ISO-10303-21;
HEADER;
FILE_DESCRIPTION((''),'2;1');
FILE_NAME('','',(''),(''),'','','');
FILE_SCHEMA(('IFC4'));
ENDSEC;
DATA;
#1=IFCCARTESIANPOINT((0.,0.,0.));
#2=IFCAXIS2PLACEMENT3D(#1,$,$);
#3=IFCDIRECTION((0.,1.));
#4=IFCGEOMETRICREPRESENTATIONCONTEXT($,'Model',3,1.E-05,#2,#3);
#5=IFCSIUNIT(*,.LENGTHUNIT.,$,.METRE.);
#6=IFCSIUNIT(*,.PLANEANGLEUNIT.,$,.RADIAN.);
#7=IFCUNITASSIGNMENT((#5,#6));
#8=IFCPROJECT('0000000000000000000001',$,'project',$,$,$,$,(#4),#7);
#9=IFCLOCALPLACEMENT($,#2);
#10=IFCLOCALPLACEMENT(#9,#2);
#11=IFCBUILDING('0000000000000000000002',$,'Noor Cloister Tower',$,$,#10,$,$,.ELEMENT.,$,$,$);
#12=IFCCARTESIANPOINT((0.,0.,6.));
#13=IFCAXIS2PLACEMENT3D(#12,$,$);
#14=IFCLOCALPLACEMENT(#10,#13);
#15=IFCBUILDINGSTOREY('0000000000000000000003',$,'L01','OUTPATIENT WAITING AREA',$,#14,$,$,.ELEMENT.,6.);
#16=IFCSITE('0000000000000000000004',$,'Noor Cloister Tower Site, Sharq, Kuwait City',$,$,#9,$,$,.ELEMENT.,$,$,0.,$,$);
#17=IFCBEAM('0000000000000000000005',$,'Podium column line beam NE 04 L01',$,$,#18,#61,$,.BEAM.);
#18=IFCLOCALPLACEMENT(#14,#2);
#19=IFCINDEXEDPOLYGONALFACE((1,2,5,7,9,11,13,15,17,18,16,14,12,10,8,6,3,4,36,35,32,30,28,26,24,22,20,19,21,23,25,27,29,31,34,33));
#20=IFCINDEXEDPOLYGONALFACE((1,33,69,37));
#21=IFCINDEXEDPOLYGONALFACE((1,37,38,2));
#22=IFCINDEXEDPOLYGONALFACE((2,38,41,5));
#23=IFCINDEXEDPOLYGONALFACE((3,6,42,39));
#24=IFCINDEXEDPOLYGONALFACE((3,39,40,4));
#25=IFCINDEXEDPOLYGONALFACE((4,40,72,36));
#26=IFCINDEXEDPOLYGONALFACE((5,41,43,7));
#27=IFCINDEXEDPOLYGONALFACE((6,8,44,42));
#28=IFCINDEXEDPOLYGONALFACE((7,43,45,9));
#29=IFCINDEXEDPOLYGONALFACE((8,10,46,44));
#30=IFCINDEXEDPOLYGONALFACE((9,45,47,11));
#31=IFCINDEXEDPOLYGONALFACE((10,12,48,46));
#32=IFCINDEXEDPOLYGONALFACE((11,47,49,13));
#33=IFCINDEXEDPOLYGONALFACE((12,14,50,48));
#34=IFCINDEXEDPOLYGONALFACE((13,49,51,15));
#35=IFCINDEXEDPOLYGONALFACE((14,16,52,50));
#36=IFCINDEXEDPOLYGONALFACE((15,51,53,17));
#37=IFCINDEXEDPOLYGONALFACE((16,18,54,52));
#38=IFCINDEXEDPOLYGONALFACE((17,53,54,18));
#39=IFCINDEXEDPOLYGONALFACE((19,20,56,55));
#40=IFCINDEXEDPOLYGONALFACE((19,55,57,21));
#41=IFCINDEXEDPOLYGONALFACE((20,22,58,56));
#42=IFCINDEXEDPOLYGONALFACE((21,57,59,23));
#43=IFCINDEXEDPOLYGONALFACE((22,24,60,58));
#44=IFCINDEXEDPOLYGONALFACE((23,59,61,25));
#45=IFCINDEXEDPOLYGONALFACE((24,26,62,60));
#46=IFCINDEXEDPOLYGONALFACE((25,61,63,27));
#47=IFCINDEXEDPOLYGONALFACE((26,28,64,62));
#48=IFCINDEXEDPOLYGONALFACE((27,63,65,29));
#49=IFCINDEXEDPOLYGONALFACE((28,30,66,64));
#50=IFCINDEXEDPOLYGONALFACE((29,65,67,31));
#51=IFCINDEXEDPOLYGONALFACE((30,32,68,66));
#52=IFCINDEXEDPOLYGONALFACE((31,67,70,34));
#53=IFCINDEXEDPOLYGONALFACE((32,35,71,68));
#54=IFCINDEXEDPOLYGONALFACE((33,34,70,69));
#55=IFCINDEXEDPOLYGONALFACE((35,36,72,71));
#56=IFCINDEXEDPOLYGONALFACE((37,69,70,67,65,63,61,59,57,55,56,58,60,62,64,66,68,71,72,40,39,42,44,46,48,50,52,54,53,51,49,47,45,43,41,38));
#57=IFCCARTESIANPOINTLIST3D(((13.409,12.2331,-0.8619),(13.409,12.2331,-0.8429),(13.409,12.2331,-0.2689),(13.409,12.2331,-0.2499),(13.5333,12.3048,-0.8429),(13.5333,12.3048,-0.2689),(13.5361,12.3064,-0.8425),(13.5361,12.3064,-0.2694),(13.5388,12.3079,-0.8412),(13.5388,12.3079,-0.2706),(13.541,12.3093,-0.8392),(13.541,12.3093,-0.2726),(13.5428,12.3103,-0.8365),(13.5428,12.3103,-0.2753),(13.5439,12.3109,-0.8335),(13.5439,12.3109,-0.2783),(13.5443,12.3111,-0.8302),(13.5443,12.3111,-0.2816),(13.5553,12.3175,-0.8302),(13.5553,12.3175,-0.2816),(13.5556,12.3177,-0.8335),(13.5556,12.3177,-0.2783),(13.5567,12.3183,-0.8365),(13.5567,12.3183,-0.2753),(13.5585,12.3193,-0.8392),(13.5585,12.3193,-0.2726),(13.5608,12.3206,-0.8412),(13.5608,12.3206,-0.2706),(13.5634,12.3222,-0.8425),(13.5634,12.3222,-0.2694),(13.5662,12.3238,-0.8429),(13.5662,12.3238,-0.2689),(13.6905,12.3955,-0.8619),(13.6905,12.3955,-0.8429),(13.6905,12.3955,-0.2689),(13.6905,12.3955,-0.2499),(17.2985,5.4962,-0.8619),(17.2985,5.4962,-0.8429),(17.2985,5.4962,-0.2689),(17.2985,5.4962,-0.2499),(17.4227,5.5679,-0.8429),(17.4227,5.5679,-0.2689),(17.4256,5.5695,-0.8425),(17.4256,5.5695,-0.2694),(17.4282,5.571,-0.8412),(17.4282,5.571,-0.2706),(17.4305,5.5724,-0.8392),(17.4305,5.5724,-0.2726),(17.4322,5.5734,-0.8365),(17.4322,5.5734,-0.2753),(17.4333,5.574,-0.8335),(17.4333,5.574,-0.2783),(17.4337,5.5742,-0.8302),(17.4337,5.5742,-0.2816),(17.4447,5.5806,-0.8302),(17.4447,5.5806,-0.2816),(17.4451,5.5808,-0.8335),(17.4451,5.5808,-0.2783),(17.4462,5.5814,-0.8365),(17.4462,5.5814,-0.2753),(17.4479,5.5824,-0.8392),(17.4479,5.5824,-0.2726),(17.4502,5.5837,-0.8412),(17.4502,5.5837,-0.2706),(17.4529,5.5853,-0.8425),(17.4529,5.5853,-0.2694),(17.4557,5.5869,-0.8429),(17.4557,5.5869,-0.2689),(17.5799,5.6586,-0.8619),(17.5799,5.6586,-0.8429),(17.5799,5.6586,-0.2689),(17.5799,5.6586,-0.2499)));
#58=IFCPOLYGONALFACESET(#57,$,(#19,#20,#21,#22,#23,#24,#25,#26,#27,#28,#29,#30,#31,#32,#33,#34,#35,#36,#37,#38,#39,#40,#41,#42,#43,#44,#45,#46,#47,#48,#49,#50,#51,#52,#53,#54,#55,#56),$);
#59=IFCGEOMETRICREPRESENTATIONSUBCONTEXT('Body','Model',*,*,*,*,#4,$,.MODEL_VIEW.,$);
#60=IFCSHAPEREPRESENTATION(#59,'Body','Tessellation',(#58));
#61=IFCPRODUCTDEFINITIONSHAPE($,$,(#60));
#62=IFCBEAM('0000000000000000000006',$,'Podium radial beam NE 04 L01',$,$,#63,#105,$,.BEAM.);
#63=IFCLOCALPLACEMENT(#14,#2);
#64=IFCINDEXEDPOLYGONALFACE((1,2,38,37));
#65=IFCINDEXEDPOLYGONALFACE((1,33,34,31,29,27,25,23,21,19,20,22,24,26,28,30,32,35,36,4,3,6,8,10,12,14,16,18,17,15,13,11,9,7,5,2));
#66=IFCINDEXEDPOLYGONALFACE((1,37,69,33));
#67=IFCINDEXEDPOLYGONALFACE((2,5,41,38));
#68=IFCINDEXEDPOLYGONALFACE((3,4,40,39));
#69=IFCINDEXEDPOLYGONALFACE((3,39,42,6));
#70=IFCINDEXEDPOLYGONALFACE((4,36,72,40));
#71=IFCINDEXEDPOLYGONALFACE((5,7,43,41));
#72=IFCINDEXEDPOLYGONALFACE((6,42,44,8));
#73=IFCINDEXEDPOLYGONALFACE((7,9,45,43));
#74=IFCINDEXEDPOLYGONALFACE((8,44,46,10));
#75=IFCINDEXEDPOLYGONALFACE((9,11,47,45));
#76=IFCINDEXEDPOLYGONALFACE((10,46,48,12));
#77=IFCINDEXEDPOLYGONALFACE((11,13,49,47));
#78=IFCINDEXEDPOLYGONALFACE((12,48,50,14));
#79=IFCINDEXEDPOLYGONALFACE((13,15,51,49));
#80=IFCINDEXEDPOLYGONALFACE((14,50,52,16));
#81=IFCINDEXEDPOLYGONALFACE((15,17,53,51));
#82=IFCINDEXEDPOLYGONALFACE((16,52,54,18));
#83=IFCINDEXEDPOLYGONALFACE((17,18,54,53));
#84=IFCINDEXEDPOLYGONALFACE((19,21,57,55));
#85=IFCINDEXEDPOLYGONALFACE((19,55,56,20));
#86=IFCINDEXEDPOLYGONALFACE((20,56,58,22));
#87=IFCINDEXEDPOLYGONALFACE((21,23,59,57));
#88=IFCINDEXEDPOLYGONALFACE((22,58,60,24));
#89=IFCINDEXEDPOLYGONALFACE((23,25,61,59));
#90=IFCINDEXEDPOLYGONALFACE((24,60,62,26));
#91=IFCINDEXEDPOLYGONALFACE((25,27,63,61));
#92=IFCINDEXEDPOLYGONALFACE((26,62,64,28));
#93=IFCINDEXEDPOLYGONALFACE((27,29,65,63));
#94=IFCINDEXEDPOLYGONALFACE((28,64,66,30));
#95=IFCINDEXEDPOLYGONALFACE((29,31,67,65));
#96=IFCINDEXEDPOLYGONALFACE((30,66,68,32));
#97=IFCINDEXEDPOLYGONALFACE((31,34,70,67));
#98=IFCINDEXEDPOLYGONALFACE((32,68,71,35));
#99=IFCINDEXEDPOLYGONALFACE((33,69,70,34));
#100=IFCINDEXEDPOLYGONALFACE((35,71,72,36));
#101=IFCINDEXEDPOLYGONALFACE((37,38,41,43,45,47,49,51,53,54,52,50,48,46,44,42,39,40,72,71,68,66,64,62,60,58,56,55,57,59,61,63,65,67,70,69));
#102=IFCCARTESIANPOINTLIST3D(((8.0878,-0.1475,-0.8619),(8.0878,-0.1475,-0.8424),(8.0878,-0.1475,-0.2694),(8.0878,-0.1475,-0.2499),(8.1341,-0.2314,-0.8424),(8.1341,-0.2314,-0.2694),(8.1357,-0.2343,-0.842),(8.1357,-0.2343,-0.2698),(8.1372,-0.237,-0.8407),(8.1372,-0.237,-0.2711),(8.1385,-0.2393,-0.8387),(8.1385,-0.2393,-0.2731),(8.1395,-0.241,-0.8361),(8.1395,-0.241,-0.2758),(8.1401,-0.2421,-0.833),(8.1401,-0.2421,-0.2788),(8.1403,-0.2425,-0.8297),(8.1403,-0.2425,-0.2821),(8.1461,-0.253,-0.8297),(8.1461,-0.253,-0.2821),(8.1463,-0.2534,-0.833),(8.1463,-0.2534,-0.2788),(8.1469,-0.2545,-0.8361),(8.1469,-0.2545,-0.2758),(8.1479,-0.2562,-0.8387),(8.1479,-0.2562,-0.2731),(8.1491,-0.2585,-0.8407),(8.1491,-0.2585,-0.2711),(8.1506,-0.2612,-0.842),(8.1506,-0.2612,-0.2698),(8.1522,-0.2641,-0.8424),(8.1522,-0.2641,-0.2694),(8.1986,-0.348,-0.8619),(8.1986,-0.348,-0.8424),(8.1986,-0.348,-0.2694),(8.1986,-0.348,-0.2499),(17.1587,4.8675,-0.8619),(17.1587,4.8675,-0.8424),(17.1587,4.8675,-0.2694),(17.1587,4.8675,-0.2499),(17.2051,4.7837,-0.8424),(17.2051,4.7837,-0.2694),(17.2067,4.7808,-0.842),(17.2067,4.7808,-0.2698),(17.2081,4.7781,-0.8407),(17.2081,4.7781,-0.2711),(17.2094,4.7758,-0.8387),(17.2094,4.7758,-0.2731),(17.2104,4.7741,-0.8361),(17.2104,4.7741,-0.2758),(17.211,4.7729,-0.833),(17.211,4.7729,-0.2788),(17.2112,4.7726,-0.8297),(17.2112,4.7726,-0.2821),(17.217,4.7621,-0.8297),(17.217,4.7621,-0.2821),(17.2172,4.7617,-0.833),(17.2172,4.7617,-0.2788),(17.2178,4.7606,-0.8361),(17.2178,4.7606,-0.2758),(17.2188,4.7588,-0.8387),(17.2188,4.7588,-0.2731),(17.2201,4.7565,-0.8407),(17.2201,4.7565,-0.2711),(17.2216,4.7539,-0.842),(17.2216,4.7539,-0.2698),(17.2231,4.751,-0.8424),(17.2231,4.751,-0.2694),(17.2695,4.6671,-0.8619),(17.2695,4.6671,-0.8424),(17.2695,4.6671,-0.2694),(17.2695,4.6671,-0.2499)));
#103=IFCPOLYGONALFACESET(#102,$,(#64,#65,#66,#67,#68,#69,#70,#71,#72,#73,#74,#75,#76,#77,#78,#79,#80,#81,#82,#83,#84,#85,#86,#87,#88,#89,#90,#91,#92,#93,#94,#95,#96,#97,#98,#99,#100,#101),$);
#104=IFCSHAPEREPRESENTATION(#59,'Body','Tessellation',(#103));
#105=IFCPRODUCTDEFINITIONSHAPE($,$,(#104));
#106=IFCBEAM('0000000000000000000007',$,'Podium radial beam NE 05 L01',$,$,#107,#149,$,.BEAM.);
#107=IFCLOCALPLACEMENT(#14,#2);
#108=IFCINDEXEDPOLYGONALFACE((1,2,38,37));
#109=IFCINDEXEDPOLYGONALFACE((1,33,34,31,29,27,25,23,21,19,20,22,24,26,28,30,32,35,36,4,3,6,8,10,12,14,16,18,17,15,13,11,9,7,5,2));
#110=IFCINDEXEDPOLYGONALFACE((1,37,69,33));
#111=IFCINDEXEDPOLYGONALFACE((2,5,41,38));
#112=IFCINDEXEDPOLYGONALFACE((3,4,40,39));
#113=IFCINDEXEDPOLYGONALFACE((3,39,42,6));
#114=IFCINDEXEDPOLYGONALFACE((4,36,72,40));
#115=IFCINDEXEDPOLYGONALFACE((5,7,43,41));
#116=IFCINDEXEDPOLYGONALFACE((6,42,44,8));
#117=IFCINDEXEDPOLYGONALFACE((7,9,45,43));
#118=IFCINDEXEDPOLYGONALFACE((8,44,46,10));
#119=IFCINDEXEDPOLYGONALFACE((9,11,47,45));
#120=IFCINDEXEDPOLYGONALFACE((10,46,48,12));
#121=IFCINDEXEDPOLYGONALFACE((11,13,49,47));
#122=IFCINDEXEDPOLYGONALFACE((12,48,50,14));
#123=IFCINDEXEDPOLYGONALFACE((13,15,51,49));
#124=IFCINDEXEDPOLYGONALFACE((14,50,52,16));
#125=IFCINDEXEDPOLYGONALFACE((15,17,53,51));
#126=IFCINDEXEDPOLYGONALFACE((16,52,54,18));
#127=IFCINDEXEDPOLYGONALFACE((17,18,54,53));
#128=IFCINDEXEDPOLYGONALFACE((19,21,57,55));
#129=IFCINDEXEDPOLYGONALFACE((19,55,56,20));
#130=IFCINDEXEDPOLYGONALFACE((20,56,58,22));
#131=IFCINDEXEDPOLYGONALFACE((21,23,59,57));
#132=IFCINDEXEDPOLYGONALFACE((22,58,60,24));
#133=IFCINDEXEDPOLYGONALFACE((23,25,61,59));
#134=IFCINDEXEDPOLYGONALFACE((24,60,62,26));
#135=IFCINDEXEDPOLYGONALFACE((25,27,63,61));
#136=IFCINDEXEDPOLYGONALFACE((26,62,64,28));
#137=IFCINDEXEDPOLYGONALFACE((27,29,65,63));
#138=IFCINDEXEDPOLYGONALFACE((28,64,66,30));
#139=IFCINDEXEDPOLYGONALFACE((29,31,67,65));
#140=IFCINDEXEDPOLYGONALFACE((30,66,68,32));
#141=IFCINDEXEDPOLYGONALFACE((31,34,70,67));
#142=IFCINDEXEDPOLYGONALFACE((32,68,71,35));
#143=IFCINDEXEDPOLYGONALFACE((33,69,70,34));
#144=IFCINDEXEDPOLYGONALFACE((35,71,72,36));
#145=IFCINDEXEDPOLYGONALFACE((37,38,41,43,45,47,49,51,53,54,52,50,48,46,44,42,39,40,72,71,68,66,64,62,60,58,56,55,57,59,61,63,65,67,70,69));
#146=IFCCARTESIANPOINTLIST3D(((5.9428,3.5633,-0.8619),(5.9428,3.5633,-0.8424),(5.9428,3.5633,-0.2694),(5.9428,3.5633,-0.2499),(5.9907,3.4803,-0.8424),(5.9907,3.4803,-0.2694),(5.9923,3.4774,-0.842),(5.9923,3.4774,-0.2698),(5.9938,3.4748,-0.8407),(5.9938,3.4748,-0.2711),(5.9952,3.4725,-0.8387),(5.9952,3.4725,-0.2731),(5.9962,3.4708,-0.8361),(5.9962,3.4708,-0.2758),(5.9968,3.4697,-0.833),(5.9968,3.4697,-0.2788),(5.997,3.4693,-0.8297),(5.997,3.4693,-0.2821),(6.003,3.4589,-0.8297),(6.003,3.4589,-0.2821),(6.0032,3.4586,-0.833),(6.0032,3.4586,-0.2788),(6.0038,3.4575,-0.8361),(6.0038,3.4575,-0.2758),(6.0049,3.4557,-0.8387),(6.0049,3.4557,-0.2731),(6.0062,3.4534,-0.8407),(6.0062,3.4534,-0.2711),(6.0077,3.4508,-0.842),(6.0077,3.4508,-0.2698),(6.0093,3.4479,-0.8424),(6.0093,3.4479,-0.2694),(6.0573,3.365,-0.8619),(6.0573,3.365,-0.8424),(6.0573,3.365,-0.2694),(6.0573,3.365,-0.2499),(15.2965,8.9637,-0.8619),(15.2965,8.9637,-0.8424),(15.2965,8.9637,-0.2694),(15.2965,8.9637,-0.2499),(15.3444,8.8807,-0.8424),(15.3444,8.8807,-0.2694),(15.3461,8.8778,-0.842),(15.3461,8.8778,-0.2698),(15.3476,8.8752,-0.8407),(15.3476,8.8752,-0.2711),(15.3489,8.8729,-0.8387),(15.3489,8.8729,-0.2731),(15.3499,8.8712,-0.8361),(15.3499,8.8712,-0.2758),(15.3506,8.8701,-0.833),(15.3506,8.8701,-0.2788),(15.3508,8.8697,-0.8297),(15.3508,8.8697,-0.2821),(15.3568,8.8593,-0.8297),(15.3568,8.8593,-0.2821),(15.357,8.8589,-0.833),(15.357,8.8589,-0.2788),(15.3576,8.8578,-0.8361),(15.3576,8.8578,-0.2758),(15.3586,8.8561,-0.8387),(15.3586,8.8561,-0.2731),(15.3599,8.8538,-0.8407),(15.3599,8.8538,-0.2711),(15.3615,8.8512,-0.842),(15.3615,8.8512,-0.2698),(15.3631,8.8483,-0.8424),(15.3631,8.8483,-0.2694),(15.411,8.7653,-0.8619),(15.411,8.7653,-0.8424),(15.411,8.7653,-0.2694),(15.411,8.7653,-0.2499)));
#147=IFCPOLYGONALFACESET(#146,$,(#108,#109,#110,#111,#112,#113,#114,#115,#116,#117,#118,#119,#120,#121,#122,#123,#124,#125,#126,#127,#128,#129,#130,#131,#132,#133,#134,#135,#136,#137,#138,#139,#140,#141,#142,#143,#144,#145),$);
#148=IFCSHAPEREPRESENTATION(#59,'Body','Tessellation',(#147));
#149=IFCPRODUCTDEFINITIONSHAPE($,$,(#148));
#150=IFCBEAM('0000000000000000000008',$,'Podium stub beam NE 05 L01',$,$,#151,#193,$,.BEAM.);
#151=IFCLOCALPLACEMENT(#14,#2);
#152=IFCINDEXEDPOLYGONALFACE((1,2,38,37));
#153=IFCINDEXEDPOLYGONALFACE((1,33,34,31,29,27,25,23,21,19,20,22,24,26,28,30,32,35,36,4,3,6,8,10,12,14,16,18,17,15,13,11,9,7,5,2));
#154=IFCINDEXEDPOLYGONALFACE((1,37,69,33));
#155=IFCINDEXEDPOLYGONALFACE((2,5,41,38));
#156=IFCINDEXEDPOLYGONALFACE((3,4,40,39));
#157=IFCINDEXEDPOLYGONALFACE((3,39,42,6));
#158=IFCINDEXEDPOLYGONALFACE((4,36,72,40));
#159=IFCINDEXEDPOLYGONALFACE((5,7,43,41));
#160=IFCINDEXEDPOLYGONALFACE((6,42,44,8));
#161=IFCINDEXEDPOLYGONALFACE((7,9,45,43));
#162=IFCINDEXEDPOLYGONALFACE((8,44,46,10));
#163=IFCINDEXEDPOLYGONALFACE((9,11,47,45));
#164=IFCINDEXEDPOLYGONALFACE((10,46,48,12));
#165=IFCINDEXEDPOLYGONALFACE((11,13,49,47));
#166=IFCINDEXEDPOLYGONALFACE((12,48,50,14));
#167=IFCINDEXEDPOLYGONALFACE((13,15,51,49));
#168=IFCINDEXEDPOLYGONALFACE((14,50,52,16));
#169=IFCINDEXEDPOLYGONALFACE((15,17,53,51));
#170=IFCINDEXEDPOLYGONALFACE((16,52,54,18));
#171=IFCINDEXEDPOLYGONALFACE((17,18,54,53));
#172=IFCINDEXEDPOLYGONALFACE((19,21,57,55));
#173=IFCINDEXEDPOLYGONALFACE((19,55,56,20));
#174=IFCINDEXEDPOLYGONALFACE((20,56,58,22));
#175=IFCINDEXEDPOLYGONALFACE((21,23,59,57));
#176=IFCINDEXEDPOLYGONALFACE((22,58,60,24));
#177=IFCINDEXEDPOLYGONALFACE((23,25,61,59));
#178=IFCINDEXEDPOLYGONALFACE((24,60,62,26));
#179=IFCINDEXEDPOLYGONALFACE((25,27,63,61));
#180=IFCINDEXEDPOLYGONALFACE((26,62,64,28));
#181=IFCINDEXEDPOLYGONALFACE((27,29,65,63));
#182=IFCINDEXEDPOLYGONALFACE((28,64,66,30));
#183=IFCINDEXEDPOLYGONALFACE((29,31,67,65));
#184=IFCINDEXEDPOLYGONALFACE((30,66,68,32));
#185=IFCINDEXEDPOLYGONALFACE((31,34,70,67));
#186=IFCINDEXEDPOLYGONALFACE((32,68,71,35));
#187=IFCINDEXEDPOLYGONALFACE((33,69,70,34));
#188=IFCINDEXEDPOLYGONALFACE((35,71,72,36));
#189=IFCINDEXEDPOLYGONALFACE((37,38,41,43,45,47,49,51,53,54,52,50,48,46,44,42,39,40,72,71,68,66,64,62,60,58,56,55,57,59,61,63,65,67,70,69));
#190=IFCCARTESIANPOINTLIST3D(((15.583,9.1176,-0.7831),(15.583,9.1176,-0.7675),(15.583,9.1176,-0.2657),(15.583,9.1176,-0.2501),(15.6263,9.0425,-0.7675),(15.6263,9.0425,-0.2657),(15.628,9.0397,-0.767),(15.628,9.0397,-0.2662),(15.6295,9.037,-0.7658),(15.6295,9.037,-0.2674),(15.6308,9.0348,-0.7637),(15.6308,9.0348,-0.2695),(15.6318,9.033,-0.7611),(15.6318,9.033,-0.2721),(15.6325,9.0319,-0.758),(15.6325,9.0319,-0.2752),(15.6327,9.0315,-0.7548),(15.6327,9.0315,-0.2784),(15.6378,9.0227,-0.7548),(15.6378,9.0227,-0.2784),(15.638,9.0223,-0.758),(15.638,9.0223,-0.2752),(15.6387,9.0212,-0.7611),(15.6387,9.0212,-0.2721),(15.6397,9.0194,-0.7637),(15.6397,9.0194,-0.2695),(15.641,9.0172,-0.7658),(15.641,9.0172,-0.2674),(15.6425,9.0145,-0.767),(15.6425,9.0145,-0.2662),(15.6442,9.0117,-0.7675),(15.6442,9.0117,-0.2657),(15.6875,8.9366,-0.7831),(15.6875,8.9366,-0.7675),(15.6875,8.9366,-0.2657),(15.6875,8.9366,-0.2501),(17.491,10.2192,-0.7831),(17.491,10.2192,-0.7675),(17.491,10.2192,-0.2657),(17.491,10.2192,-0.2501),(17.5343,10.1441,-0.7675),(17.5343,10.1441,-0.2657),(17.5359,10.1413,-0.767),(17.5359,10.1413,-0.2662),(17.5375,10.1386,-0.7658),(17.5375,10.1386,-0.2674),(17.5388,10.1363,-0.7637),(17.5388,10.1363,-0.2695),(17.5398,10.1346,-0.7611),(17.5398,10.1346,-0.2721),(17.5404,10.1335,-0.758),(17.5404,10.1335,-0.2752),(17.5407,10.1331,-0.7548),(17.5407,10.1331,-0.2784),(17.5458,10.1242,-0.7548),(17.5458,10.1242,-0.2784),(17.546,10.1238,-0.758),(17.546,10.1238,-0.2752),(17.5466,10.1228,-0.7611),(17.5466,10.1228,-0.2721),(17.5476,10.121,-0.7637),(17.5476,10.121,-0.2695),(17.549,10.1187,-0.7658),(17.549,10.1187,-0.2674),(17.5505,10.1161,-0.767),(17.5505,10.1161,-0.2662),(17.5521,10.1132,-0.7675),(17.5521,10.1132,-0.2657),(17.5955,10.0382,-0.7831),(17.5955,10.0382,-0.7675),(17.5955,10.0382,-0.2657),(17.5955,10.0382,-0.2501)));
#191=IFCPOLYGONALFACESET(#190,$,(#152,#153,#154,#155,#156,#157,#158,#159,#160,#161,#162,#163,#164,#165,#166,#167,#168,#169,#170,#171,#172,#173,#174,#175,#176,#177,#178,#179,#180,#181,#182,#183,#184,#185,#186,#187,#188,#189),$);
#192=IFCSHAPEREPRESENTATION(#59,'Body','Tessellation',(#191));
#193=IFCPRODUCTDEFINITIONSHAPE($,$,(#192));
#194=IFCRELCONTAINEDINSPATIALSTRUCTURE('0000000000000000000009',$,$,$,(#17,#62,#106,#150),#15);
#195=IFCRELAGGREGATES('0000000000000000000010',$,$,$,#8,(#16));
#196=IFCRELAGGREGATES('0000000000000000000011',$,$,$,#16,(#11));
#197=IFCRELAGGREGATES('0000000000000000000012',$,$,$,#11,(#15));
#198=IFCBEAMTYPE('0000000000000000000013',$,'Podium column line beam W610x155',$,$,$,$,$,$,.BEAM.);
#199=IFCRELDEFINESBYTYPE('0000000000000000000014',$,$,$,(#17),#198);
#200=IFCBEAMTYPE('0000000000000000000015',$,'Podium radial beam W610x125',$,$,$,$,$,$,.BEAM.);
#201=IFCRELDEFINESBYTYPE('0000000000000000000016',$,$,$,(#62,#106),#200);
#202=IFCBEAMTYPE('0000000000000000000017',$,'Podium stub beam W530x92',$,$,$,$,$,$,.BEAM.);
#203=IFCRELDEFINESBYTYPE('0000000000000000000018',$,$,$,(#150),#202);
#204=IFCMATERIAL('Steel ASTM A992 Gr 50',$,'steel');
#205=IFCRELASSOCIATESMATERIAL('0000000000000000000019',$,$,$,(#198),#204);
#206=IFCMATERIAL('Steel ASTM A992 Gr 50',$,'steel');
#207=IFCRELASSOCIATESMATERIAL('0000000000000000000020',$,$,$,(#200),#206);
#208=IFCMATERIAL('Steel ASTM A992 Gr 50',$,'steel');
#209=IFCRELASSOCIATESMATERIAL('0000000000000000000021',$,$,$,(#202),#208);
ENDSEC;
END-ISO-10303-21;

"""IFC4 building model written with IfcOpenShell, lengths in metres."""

from ifc_helpers import new_model, si_unit, direction, frame, origin, origin_2d, place, context, subcontext, project, spatial, i_section, extrude, material, material_profile, profile_set, type_object, element, save


model = new_model("IFC4")

# Units and contexts
model_context = context("Model", 3, precision=1e-05, world=origin(), true_north=direction((0.0, 1.0)))
body_context = subcontext(model_context, "Body", "Model", "MODEL_VIEW")
ifc_project = project(units=[si_unit("LENGTHUNIT", "METRE"), si_unit("PLANEANGLEUNIT", "RADIAN")], contexts=[model_context])

# Site, building, storey
site_placement = place(None, origin())
site = spatial("IfcSite", under=ifc_project, at=site_placement, Name="Noor Cloister Tower Site, Sharq, Kuwait City", CompositionType="ELEMENT", RefElevation=0.0)
building_placement = place(site_placement, origin())
building = spatial("IfcBuilding", under=site, at=building_placement, Name="Noor Cloister Tower", CompositionType="ELEMENT")
storey_placement = place(building_placement, frame((0.0, 0.0, 6.0)))
storey = spatial("IfcBuildingStorey", under=building, at=storey_placement, Name="L01", Description="OUTPATIENT WAITING AREA", CompositionType="ELEMENT", Elevation=6.0)

# Beams
ifc_material_1 = material(Name="Steel ASTM A992 Gr 50", Category="steel")
ifc_material_profile_1 = material_profile(ifc_material_1, i_section(OverallWidth=0.325, OverallDepth=0.6121, WebThickness=0.0127, FlangeThickness=0.019, FilletRadius=0.0127, at=origin_2d()), Name="W610x155")
ifc_profile_set_1 = profile_set([ifc_material_profile_1], Name="Steel ASTM A992 Gr 50")
beam_type_1 = type_object("IfcBeamType", Name="Podium column line beam W610x155", PredefinedType="BEAM", material=ifc_profile_set_1)
beam_1_placement = place(storey_placement, frame((17.4392, 5.5774, -0.5559), z_axis=(-0.499991, 0.866031, 0.0), x_axis=(-0.866031, -0.499991, 0.0)))
element("IfcBeam", 1, at=beam_1_placement, inside=storey, type_object=beam_type_1, Name="Podium column line beam NE 04 L01", PredefinedType="BEAM", context=body_context, shape_type="SweptSolid", body=[
    extrude(i_section(OverallWidth=0.325, OverallDepth=0.6121, WebThickness=0.0127, FlangeThickness=0.019, FilletRadius=0.0127, at=origin_2d()), origin(), (0.0, 0.0, 1.0), 7.7791),
])
ifc_material_2 = material(Name="Steel ASTM A992 Gr 50", Category="steel")
ifc_material_profile_2 = material_profile(ifc_material_2, i_section(OverallWidth=0.229, OverallDepth=0.6121, WebThickness=0.012, FlangeThickness=0.0195, FilletRadius=0.0127, at=origin_2d()), Name="W610x125")
ifc_profile_set_2 = profile_set([ifc_material_profile_2], Name="Steel ASTM A992 Gr 50")
beam_type_2 = type_object("IfcBeamType", Name="Podium radial beam W610x125", PredefinedType="BEAM", material=ifc_profile_set_2)
beam_2_placement = place(storey_placement, frame((17.2141, 4.7673, -0.5559), z_axis=(-0.875152, -0.483848, 0.0), x_axis=(0.483848, -0.875152, 0.0)))
element("IfcBeam", 2, at=beam_2_placement, inside=storey, type_object=beam_type_2, Name="Podium radial beam NE 04 L01", PredefinedType="BEAM", context=body_context, shape_type="SweptSolid", body=[
    extrude(i_section(OverallWidth=0.229, OverallDepth=0.6121, WebThickness=0.012, FlangeThickness=0.0195, FilletRadius=0.0127, at=origin_2d()), origin(), (0.0, 0.0, 1.0), 10.365),
])
beam_3_placement = place(storey_placement, frame((15.3538, 8.8645, -0.5559), z_axis=(-0.866026, -0.5, 0.0), x_axis=(0.5, -0.866026, 0.0)))
element("IfcBeam", 3, at=beam_3_placement, inside=storey, type_object=beam_type_2, Name="Podium radial beam NE 05 L01", PredefinedType="BEAM", context=body_context, shape_type="SweptSolid", body=[
    extrude(i_section(OverallWidth=0.229, OverallDepth=0.6121, WebThickness=0.012, FlangeThickness=0.0195, FilletRadius=0.0127, at=origin_2d()), origin(), (0.0, 0.0, 1.0), 10.8008),
])
ifc_material_3 = material(Name="Steel ASTM A992 Gr 50", Category="steel")
ifc_material_profile_3 = material_profile(ifc_material_3, i_section(OverallWidth=0.209, OverallDepth=0.533, WebThickness=0.0103, FlangeThickness=0.0156, FilletRadius=0.0127, at=origin_2d()), Name="W530x92")
ifc_profile_set_3 = profile_set([ifc_material_profile_3], Name="Steel ASTM A992 Gr 50")
beam_type_3 = type_object("IfcBeamType", Name="Podium stub beam W530x92", PredefinedType="BEAM", material=ifc_profile_set_3)
beam_4_placement = place(storey_placement, frame((15.6353, 9.0271, -0.5166), z_axis=(0.866025, 0.500001, 0.0), x_axis=(-0.500001, 0.866025, 0.0)))
element("IfcBeam", 4, at=beam_4_placement, inside=storey, type_object=beam_type_3, Name="Podium stub beam NE 05 L01", PredefinedType="BEAM", context=body_context, shape_type="SweptSolid", body=[
    extrude(i_section(OverallWidth=0.209, OverallDepth=0.533, WebThickness=0.0103, FlangeThickness=0.0156, FilletRadius=0.0127, at=origin_2d()), origin(), (0.0, 0.0, 1.0), 2.2031),
])

save(model, "model.ifc")
